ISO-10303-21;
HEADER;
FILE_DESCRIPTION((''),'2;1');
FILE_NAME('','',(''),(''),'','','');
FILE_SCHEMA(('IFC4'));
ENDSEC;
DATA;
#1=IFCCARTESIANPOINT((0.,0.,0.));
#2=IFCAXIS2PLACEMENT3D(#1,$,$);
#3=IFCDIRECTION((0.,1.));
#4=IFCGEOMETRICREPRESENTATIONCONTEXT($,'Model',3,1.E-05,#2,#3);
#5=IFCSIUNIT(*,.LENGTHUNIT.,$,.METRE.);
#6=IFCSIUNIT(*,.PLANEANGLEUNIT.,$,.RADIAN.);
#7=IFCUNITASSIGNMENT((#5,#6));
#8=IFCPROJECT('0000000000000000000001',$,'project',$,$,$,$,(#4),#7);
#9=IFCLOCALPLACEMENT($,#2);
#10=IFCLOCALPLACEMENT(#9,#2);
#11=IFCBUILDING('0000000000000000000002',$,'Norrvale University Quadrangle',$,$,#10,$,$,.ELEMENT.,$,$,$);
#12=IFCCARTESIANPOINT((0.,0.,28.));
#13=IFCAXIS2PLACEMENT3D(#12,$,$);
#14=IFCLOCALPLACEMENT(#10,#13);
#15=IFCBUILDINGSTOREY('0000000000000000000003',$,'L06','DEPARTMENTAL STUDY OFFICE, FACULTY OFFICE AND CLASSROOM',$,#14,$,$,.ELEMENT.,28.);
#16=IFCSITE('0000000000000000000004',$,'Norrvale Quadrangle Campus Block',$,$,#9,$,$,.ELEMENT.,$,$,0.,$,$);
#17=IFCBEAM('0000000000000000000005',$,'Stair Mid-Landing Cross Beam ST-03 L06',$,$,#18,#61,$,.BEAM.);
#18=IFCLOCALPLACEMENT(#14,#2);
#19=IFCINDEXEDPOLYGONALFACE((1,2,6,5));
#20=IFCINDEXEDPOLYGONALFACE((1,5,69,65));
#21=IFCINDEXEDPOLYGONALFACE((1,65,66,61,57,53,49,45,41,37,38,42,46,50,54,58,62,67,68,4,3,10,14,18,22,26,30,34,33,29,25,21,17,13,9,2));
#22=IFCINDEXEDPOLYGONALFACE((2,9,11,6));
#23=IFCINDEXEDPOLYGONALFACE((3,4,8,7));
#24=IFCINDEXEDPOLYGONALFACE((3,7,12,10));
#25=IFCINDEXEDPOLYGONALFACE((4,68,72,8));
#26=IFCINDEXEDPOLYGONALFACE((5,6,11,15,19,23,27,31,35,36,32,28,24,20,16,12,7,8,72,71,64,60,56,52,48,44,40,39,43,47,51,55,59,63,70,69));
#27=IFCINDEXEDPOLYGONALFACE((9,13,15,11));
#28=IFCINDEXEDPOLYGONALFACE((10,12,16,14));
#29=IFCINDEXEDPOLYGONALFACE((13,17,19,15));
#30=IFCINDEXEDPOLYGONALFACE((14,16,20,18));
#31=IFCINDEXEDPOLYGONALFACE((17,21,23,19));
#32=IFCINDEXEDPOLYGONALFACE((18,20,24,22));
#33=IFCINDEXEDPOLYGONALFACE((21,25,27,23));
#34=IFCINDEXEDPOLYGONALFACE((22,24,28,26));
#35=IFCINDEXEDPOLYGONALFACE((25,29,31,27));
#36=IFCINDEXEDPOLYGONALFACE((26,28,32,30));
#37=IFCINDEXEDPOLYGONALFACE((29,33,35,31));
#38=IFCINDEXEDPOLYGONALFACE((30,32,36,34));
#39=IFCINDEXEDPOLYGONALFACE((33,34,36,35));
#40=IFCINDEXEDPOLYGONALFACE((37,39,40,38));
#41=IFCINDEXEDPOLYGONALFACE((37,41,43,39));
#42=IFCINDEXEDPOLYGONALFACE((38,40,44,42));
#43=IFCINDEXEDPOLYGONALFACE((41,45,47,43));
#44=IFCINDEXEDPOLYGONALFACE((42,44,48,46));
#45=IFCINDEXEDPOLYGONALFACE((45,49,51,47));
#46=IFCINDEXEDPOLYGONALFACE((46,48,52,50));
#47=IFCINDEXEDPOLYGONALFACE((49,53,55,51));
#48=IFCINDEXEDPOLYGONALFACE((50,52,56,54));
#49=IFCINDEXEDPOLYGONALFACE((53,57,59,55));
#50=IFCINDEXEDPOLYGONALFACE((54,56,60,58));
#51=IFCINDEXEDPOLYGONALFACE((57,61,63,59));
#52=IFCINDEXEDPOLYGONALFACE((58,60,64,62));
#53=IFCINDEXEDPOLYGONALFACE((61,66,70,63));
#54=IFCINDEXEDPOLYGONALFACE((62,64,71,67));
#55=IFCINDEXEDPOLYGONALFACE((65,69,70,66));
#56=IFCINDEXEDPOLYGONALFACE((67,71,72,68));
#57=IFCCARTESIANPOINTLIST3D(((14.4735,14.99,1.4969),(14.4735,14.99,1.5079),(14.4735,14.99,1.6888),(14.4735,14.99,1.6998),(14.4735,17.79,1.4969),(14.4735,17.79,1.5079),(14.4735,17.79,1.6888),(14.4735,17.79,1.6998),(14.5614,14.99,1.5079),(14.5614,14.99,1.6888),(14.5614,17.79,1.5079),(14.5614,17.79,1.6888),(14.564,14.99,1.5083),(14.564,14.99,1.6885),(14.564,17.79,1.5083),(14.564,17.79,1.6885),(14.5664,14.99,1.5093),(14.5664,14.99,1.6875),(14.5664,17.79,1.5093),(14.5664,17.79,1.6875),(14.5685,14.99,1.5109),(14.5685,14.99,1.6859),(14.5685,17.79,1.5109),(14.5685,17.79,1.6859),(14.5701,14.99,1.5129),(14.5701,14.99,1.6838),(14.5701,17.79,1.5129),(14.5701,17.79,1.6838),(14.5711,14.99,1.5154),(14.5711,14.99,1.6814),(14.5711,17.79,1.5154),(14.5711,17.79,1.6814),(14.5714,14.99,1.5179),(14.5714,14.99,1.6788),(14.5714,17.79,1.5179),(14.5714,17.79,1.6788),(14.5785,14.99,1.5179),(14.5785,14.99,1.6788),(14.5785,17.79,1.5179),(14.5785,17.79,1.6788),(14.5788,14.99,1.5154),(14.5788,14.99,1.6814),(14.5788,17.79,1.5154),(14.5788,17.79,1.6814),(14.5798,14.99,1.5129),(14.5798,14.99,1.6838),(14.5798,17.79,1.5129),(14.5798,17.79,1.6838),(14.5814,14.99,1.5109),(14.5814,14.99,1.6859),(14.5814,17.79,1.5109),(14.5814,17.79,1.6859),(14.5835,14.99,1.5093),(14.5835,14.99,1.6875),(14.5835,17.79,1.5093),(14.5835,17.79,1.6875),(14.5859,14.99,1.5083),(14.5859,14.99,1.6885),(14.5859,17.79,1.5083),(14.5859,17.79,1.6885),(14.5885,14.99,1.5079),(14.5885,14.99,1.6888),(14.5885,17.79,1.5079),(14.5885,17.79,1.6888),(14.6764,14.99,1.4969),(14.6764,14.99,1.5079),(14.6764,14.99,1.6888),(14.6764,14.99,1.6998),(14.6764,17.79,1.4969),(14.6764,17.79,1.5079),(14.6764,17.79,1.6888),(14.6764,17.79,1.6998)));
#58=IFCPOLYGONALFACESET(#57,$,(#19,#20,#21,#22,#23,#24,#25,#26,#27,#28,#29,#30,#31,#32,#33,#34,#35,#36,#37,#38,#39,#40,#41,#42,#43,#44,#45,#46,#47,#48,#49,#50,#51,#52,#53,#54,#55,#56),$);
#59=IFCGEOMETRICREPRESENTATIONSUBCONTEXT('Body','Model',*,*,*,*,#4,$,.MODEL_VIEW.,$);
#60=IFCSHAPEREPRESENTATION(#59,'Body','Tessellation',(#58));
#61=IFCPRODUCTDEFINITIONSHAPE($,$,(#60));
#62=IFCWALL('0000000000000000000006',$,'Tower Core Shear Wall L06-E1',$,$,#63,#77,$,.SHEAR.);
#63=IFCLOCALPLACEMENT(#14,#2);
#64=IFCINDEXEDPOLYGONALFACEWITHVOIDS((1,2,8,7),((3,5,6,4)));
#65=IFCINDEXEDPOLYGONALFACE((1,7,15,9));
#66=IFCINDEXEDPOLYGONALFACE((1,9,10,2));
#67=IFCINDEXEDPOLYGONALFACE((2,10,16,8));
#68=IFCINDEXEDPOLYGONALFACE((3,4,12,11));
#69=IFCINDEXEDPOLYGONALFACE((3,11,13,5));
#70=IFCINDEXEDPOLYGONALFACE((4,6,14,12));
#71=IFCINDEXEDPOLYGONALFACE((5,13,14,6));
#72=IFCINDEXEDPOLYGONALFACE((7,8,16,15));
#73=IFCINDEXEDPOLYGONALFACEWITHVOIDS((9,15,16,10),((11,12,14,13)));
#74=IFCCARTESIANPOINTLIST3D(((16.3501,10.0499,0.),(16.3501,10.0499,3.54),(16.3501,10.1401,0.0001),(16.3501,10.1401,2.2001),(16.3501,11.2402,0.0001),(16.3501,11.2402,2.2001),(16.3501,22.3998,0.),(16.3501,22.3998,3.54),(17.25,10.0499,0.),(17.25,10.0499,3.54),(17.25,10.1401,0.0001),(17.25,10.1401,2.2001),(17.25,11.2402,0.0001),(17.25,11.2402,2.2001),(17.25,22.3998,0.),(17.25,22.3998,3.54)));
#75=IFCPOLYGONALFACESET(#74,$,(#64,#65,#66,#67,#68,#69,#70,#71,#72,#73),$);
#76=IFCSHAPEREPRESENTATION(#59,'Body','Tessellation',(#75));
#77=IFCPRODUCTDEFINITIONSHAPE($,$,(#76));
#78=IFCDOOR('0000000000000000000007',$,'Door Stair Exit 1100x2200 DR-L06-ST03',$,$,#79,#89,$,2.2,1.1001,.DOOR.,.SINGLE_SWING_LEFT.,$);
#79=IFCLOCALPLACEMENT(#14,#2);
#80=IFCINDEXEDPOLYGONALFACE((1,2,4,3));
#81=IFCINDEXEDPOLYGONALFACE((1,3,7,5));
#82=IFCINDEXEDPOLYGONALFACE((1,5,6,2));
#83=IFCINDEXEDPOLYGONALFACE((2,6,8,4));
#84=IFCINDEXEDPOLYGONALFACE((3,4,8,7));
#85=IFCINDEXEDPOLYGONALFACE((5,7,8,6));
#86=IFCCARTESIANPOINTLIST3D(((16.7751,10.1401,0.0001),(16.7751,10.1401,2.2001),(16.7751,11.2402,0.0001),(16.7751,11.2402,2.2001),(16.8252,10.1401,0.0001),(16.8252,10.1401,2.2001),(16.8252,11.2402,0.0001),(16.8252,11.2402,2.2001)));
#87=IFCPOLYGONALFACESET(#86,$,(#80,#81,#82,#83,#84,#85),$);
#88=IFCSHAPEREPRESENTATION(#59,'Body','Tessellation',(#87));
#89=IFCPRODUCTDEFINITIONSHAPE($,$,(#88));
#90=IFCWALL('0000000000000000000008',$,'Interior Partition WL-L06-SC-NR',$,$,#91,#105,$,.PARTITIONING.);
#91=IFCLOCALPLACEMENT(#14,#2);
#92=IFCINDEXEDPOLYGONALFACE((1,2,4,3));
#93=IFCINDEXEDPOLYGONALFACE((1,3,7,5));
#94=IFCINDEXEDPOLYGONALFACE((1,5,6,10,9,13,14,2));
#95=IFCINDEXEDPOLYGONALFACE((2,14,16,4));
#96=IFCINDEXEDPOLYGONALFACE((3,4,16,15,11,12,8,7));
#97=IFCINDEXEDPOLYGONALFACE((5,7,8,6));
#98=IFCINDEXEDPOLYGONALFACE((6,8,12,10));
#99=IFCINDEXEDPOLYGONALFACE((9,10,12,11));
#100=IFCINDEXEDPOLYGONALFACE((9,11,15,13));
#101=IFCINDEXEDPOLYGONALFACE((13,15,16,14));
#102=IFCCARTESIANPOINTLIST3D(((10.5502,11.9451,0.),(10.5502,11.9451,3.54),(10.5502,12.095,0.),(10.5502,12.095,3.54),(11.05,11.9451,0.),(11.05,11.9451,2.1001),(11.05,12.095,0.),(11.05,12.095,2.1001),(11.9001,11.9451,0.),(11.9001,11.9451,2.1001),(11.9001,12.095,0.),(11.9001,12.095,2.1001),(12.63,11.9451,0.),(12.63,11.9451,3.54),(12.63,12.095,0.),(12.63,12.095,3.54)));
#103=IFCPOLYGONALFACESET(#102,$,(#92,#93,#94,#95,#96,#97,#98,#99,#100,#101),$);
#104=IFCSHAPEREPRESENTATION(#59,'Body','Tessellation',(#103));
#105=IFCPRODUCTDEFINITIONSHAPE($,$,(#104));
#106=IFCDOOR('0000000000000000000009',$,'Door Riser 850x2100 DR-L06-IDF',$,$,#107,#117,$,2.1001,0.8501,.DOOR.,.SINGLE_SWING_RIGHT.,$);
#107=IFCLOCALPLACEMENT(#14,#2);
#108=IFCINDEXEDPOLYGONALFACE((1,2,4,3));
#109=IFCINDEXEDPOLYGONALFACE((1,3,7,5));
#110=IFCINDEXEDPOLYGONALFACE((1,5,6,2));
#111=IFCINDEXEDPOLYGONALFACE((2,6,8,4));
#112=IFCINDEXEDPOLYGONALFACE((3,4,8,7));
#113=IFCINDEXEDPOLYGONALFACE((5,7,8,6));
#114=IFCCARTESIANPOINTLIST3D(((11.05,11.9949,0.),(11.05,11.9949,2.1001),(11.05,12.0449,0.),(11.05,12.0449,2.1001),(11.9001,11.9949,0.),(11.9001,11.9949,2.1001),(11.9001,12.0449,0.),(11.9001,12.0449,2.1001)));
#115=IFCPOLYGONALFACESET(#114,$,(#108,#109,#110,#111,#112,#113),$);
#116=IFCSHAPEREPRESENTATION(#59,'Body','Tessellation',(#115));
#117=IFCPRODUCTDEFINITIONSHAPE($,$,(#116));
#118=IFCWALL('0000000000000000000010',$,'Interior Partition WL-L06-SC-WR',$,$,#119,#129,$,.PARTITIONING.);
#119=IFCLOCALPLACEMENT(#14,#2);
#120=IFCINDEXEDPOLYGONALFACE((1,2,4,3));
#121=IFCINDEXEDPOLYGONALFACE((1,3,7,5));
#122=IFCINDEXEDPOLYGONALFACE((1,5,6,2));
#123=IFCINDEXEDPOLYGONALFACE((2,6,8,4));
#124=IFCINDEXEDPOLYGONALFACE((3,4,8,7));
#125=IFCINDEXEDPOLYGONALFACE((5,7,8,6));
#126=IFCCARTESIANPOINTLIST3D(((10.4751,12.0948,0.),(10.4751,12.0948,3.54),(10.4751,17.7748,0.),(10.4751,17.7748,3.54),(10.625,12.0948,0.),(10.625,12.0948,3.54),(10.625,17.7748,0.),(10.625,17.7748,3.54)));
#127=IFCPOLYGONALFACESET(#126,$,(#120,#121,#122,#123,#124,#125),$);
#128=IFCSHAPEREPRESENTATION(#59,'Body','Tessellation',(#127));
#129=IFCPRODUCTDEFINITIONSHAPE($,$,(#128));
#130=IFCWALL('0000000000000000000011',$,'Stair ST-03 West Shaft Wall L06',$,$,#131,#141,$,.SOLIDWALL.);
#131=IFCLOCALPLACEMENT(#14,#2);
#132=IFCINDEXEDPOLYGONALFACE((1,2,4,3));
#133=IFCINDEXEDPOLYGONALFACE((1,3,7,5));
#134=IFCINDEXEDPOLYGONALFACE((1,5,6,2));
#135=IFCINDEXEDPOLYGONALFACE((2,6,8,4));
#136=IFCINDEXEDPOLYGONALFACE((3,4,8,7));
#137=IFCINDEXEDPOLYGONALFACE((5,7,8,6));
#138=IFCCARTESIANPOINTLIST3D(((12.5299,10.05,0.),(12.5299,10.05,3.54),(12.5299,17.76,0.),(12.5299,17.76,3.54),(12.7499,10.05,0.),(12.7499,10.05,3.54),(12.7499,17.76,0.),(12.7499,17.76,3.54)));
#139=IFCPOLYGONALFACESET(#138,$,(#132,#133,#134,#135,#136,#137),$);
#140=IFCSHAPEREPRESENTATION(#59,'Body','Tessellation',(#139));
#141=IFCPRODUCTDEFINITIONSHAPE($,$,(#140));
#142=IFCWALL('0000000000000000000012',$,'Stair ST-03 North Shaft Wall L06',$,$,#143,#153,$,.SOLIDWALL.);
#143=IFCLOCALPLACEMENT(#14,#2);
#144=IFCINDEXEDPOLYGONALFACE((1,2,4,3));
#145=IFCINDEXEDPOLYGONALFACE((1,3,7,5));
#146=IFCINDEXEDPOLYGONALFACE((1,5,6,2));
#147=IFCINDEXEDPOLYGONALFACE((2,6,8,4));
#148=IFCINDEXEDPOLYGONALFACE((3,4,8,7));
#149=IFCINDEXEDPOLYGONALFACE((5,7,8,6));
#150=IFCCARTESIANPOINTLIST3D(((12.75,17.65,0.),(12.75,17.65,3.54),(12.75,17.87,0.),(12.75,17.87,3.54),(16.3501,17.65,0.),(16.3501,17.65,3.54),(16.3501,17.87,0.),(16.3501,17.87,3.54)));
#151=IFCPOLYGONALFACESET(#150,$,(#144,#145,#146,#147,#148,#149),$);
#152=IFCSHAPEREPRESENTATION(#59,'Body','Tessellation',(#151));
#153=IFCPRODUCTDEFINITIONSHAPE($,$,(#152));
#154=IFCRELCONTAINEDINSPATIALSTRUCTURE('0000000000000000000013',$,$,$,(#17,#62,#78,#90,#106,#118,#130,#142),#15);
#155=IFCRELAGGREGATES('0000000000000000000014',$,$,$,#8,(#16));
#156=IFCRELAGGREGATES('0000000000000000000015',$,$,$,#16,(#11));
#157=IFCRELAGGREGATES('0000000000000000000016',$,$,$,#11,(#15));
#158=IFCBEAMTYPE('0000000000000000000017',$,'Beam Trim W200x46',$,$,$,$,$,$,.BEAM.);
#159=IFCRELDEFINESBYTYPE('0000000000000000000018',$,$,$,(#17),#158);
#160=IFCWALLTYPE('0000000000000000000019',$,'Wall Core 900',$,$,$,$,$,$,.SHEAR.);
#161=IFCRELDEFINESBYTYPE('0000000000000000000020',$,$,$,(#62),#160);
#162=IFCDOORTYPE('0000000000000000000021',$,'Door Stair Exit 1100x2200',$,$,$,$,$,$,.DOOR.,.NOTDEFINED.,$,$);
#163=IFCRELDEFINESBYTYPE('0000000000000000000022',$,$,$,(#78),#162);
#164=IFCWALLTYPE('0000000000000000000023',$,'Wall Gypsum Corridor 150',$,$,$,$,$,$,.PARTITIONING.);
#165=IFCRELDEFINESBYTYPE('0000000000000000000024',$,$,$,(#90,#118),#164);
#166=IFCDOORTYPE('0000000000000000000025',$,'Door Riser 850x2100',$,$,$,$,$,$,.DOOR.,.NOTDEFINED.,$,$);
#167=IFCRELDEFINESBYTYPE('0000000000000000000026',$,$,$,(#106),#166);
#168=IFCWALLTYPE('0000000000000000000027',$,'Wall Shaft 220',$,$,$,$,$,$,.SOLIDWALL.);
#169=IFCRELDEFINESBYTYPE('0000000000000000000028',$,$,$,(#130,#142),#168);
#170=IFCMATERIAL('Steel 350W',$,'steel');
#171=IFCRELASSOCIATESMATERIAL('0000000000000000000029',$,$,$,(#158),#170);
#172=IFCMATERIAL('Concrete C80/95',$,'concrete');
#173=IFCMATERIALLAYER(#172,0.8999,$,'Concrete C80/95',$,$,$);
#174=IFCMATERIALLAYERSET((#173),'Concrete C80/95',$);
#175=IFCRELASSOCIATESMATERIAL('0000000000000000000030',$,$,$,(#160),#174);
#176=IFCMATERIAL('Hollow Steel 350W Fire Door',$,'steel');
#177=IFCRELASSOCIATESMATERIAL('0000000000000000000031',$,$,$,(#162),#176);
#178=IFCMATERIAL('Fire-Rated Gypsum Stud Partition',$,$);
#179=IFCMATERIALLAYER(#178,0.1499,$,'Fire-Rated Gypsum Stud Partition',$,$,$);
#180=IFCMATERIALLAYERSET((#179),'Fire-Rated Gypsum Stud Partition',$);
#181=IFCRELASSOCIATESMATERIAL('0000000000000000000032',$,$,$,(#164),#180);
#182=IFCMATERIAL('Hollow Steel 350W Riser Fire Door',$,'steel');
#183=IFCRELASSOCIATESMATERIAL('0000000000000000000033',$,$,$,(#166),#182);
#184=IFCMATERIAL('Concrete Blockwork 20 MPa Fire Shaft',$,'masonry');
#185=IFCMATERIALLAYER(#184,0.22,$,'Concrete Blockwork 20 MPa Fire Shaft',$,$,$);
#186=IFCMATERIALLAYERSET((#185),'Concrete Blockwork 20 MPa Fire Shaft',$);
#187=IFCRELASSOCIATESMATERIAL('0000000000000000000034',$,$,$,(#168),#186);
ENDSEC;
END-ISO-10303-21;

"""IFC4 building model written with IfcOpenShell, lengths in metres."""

from ifc_helpers import new_model, si_unit, direction, frame, frame_2d, origin, origin_2d, place, context, subcontext, project, spatial, rectangle, i_section, extrude, material, layer, layer_set, material_profile, profile_set, type_object, element, fill, save


model = new_model("IFC4")

# Units and contexts
model_context = context("Model", 3, precision=1e-05, world=origin(), true_north=direction((0.0, 1.0)))
body_context = subcontext(model_context, "Body", "Model", "MODEL_VIEW")
ifc_project = project(units=[si_unit("LENGTHUNIT", "METRE"), si_unit("PLANEANGLEUNIT", "RADIAN")], contexts=[model_context])

# Site, building, storey
site_placement = place(None, origin())
site = spatial("IfcSite", under=ifc_project, at=site_placement, Name="Norrvale Quadrangle Campus Block", CompositionType="ELEMENT", RefElevation=0.0)
building_placement = place(site_placement, origin())
building = spatial("IfcBuilding", under=site, at=building_placement, Name="Norrvale University Quadrangle", CompositionType="ELEMENT")
storey_placement = place(building_placement, frame((0.0, 0.0, 28.0)))
storey = spatial("IfcBuildingStorey", under=building, at=storey_placement, Name="L06", Description="DEPARTMENTAL STUDY OFFICE, FACULTY OFFICE AND CLASSROOM", CompositionType="ELEMENT", Elevation=28.0)

# Shared definitions
ifc_material_1 = material(Name="Concrete C80/95", Category="concrete")

# Beam
ifc_material_2 = material(Name="Steel 350W", Category="steel")
ifc_material_profile_1 = material_profile(ifc_material_2, i_section(OverallWidth=0.2029, OverallDepth=0.2029, WebThickness=0.0071, FlangeThickness=0.011, FilletRadius=0.01, at=origin_2d()), Name="Steel 350W")
ifc_profile_set_1 = profile_set([ifc_material_profile_1], Name="Steel 350W")
beam_type_1 = type_object("IfcBeamType", Name="Beam Trim W200x46", PredefinedType="BEAM", material=ifc_profile_set_1)
beam_1_placement = place(storey_placement, frame((14.575, 14.99, 1.5984), z_axis=(0.0, 1.0, 0.0), x_axis=(-1.0, 0.0, 0.0)))
element("IfcBeam", 1, at=beam_1_placement, inside=storey, type_object=beam_type_1, Name="Stair Mid-Landing Cross Beam ST-03 L06", PredefinedType="BEAM", context=body_context, shape_type="SweptSolid", body=[
    extrude(i_section(OverallWidth=0.2029, OverallDepth=0.2029, WebThickness=0.0071, FlangeThickness=0.011, FilletRadius=0.01, at=origin_2d()), origin(), (0.0, 0.0, 1.0), 2.8),
])

# Walls, openings, doors
ifc_layer_1 = layer(ifc_material_1, 0.8999, Name="Concrete C80/95")
ifc_layer_set_1 = layer_set([ifc_layer_1], Name="Concrete C80/95")
wall_type_1 = type_object("IfcWallType", Name="Wall Core 900", PredefinedType="SHEAR", material=ifc_layer_set_1)
wall_1_placement = place(storey_placement, frame((16.8, 10.05, 0.0), z_axis=(0.0, 0.0, 1.0), x_axis=(0.0, 1.0, 0.0)))
wall_1 = element("IfcWall", 2, at=wall_1_placement, inside=storey, type_object=wall_type_1, Name="Tower Core Shear Wall L06-E1", PredefinedType="SHEAR", context=body_context, shape_type="SweptSolid", body=[
    extrude(rectangle(XDim=12.3499, YDim=0.8999, at=frame_2d((6.1748, 0.0))), origin(), (0.0, 0.0, 1.0), 3.54),
])
opening_1_placement = place(wall_1_placement, frame((0.0901, 0.0, 0.0)))
opening_1 = element("IfcOpeningElement", 3, at=opening_1_placement, cuts=wall_1, PredefinedType="OPENING", context=body_context, shape_type="SweptSolid", body=[
    extrude(rectangle(XDim=1.1001, YDim=2.2, at=frame_2d((0.55, 1.1001))), frame((0.0, 0.4619, 0.0), z_axis=(0.0, -1.0, 0.0), x_axis=(1.0, 0.0, 0.0)), (0.0, 0.0, 1.0), 0.9238),
])
ifc_material_3 = material(Name="Hollow Steel 350W Fire Door", Category="steel")
door_type_1 = type_object("IfcDoorType", Name="Door Stair Exit 1100x2200", OperationType="NOTDEFINED", PredefinedType="DOOR", material=ifc_material_3)
door_1_placement = place(opening_1_placement, origin())
door_1 = element("IfcDoor", 4, at=door_1_placement, inside=storey, type_object=door_type_1, Name="Door Stair Exit 1100x2200 DR-L06-ST03", OperationType="SINGLE_SWING_LEFT", OverallHeight=2.2, OverallWidth=1.1001, PredefinedType="DOOR", context=body_context, shape_type="SweptSolid", body=[
    extrude(rectangle(XDim=1.1001, YDim=2.2, at=frame_2d((0.55, 1.1001))), frame((0.0, 0.0249, 0.0), z_axis=(0.0, -1.0, 0.0), x_axis=(1.0, 0.0, 0.0)), (0.0, 0.0, 1.0), 0.05),
])
fill(opening_1, door_1)
ifc_material_4 = material(Name="Fire-Rated Gypsum Stud Partition")
ifc_layer_2 = layer(ifc_material_4, 0.1499, Name="Fire-Rated Gypsum Stud Partition")
ifc_layer_set_2 = layer_set([ifc_layer_2], Name="Fire-Rated Gypsum Stud Partition")
wall_type_2 = type_object("IfcWallType", Name="Wall Gypsum Corridor 150", PredefinedType="PARTITIONING", material=ifc_layer_set_2)
wall_2_placement = place(storey_placement, frame((10.55, 12.02, 0.0), z_axis=(0.0, 0.0, 1.0), x_axis=(1.0, 0.0, 0.0)))
wall_2 = element("IfcWall", 5, at=wall_2_placement, inside=storey, type_object=wall_type_2, Name="Interior Partition WL-L06-SC-NR", PredefinedType="PARTITIONING", context=body_context, shape_type="SweptSolid", body=[
    extrude(rectangle(XDim=2.0798, YDim=0.1499, at=frame_2d((1.04, 0.0))), origin(), (0.0, 0.0, 1.0), 3.54),
])
opening_2_placement = place(wall_2_placement, frame((0.5, 0.0, 0.0)))
opening_2 = element("IfcOpeningElement", 6, at=opening_2_placement, cuts=wall_2, PredefinedType="OPENING", context=body_context, shape_type="SweptSolid", body=[
    extrude(rectangle(XDim=0.8501, YDim=2.1001, at=frame_2d((0.425, 1.05))), frame((0.0, 0.0869, 0.0), z_axis=(0.0, -1.0, 0.0), x_axis=(1.0, 0.0, 0.0)), (0.0, 0.0, 1.0), 0.1738),
])
ifc_material_5 = material(Name="Hollow Steel 350W Riser Fire Door", Category="steel")
door_type_2 = type_object("IfcDoorType", Name="Door Riser 850x2100", OperationType="NOTDEFINED", PredefinedType="DOOR", material=ifc_material_5)
door_2_placement = place(opening_2_placement, origin())
door_2 = element("IfcDoor", 7, at=door_2_placement, inside=storey, type_object=door_type_2, Name="Door Riser 850x2100 DR-L06-IDF", OperationType="SINGLE_SWING_RIGHT", OverallHeight=2.1001, OverallWidth=0.8501, PredefinedType="DOOR", context=body_context, shape_type="SweptSolid", body=[
    extrude(rectangle(XDim=0.8501, YDim=2.1001, at=frame_2d((0.425, 1.05))), frame((0.0, 0.0249, 0.0), z_axis=(0.0, -1.0, 0.0), x_axis=(1.0, 0.0, 0.0)), (0.0, 0.0, 1.0), 0.05),
])
fill(opening_2, door_2)

# Walls
wall_3_placement = place(storey_placement, frame((10.55, 12.095, 0.0), z_axis=(0.0, 0.0, 1.0), x_axis=(0.0, 1.0, 0.0)))
element("IfcWall", 8, at=wall_3_placement, inside=storey, type_object=wall_type_2, Name="Interior Partition WL-L06-SC-WR", PredefinedType="PARTITIONING", context=body_context, shape_type="SweptSolid", body=[
    extrude(rectangle(XDim=5.6799, YDim=0.1499, at=frame_2d((2.8398, 0.0))), origin(), (0.0, 0.0, 1.0), 3.54),
])
ifc_material_6 = material(Name="Concrete Blockwork 20 MPa Fire Shaft", Category="masonry")
ifc_layer_3 = layer(ifc_material_6, 0.22, Name="Concrete Blockwork 20 MPa Fire Shaft")
ifc_layer_set_3 = layer_set([ifc_layer_3], Name="Concrete Blockwork 20 MPa Fire Shaft")
wall_type_3 = type_object("IfcWallType", Name="Wall Shaft 220", PredefinedType="SOLIDWALL", material=ifc_layer_set_3)
wall_4_placement = place(storey_placement, frame((12.6399, 10.05, 0.0), z_axis=(0.0, 0.0, 1.0), x_axis=(0.0, 1.0, 0.0)))
element("IfcWall", 9, at=wall_4_placement, inside=storey, type_object=wall_type_3, Name="Stair ST-03 West Shaft Wall L06", PredefinedType="SOLIDWALL", context=body_context, shape_type="SweptSolid", body=[
    extrude(rectangle(XDim=7.71, YDim=0.22, at=frame_2d((3.855, 0.0))), origin(), (0.0, 0.0, 1.0), 3.54),
])
wall_5_placement = place(storey_placement, frame((12.75, 17.76, 0.0), z_axis=(0.0, 0.0, 1.0), x_axis=(1.0, 0.0, 0.0)))
element("IfcWall", 10, at=wall_5_placement, inside=storey, type_object=wall_type_3, Name="Stair ST-03 North Shaft Wall L06", PredefinedType="SOLIDWALL", context=body_context, shape_type="SweptSolid", body=[
    extrude(rectangle(XDim=3.6001, YDim=0.22, at=frame_2d((1.8, 0.0))), origin(), (0.0, 0.0, 1.0), 3.54),
])

save(model, "model.ifc")
